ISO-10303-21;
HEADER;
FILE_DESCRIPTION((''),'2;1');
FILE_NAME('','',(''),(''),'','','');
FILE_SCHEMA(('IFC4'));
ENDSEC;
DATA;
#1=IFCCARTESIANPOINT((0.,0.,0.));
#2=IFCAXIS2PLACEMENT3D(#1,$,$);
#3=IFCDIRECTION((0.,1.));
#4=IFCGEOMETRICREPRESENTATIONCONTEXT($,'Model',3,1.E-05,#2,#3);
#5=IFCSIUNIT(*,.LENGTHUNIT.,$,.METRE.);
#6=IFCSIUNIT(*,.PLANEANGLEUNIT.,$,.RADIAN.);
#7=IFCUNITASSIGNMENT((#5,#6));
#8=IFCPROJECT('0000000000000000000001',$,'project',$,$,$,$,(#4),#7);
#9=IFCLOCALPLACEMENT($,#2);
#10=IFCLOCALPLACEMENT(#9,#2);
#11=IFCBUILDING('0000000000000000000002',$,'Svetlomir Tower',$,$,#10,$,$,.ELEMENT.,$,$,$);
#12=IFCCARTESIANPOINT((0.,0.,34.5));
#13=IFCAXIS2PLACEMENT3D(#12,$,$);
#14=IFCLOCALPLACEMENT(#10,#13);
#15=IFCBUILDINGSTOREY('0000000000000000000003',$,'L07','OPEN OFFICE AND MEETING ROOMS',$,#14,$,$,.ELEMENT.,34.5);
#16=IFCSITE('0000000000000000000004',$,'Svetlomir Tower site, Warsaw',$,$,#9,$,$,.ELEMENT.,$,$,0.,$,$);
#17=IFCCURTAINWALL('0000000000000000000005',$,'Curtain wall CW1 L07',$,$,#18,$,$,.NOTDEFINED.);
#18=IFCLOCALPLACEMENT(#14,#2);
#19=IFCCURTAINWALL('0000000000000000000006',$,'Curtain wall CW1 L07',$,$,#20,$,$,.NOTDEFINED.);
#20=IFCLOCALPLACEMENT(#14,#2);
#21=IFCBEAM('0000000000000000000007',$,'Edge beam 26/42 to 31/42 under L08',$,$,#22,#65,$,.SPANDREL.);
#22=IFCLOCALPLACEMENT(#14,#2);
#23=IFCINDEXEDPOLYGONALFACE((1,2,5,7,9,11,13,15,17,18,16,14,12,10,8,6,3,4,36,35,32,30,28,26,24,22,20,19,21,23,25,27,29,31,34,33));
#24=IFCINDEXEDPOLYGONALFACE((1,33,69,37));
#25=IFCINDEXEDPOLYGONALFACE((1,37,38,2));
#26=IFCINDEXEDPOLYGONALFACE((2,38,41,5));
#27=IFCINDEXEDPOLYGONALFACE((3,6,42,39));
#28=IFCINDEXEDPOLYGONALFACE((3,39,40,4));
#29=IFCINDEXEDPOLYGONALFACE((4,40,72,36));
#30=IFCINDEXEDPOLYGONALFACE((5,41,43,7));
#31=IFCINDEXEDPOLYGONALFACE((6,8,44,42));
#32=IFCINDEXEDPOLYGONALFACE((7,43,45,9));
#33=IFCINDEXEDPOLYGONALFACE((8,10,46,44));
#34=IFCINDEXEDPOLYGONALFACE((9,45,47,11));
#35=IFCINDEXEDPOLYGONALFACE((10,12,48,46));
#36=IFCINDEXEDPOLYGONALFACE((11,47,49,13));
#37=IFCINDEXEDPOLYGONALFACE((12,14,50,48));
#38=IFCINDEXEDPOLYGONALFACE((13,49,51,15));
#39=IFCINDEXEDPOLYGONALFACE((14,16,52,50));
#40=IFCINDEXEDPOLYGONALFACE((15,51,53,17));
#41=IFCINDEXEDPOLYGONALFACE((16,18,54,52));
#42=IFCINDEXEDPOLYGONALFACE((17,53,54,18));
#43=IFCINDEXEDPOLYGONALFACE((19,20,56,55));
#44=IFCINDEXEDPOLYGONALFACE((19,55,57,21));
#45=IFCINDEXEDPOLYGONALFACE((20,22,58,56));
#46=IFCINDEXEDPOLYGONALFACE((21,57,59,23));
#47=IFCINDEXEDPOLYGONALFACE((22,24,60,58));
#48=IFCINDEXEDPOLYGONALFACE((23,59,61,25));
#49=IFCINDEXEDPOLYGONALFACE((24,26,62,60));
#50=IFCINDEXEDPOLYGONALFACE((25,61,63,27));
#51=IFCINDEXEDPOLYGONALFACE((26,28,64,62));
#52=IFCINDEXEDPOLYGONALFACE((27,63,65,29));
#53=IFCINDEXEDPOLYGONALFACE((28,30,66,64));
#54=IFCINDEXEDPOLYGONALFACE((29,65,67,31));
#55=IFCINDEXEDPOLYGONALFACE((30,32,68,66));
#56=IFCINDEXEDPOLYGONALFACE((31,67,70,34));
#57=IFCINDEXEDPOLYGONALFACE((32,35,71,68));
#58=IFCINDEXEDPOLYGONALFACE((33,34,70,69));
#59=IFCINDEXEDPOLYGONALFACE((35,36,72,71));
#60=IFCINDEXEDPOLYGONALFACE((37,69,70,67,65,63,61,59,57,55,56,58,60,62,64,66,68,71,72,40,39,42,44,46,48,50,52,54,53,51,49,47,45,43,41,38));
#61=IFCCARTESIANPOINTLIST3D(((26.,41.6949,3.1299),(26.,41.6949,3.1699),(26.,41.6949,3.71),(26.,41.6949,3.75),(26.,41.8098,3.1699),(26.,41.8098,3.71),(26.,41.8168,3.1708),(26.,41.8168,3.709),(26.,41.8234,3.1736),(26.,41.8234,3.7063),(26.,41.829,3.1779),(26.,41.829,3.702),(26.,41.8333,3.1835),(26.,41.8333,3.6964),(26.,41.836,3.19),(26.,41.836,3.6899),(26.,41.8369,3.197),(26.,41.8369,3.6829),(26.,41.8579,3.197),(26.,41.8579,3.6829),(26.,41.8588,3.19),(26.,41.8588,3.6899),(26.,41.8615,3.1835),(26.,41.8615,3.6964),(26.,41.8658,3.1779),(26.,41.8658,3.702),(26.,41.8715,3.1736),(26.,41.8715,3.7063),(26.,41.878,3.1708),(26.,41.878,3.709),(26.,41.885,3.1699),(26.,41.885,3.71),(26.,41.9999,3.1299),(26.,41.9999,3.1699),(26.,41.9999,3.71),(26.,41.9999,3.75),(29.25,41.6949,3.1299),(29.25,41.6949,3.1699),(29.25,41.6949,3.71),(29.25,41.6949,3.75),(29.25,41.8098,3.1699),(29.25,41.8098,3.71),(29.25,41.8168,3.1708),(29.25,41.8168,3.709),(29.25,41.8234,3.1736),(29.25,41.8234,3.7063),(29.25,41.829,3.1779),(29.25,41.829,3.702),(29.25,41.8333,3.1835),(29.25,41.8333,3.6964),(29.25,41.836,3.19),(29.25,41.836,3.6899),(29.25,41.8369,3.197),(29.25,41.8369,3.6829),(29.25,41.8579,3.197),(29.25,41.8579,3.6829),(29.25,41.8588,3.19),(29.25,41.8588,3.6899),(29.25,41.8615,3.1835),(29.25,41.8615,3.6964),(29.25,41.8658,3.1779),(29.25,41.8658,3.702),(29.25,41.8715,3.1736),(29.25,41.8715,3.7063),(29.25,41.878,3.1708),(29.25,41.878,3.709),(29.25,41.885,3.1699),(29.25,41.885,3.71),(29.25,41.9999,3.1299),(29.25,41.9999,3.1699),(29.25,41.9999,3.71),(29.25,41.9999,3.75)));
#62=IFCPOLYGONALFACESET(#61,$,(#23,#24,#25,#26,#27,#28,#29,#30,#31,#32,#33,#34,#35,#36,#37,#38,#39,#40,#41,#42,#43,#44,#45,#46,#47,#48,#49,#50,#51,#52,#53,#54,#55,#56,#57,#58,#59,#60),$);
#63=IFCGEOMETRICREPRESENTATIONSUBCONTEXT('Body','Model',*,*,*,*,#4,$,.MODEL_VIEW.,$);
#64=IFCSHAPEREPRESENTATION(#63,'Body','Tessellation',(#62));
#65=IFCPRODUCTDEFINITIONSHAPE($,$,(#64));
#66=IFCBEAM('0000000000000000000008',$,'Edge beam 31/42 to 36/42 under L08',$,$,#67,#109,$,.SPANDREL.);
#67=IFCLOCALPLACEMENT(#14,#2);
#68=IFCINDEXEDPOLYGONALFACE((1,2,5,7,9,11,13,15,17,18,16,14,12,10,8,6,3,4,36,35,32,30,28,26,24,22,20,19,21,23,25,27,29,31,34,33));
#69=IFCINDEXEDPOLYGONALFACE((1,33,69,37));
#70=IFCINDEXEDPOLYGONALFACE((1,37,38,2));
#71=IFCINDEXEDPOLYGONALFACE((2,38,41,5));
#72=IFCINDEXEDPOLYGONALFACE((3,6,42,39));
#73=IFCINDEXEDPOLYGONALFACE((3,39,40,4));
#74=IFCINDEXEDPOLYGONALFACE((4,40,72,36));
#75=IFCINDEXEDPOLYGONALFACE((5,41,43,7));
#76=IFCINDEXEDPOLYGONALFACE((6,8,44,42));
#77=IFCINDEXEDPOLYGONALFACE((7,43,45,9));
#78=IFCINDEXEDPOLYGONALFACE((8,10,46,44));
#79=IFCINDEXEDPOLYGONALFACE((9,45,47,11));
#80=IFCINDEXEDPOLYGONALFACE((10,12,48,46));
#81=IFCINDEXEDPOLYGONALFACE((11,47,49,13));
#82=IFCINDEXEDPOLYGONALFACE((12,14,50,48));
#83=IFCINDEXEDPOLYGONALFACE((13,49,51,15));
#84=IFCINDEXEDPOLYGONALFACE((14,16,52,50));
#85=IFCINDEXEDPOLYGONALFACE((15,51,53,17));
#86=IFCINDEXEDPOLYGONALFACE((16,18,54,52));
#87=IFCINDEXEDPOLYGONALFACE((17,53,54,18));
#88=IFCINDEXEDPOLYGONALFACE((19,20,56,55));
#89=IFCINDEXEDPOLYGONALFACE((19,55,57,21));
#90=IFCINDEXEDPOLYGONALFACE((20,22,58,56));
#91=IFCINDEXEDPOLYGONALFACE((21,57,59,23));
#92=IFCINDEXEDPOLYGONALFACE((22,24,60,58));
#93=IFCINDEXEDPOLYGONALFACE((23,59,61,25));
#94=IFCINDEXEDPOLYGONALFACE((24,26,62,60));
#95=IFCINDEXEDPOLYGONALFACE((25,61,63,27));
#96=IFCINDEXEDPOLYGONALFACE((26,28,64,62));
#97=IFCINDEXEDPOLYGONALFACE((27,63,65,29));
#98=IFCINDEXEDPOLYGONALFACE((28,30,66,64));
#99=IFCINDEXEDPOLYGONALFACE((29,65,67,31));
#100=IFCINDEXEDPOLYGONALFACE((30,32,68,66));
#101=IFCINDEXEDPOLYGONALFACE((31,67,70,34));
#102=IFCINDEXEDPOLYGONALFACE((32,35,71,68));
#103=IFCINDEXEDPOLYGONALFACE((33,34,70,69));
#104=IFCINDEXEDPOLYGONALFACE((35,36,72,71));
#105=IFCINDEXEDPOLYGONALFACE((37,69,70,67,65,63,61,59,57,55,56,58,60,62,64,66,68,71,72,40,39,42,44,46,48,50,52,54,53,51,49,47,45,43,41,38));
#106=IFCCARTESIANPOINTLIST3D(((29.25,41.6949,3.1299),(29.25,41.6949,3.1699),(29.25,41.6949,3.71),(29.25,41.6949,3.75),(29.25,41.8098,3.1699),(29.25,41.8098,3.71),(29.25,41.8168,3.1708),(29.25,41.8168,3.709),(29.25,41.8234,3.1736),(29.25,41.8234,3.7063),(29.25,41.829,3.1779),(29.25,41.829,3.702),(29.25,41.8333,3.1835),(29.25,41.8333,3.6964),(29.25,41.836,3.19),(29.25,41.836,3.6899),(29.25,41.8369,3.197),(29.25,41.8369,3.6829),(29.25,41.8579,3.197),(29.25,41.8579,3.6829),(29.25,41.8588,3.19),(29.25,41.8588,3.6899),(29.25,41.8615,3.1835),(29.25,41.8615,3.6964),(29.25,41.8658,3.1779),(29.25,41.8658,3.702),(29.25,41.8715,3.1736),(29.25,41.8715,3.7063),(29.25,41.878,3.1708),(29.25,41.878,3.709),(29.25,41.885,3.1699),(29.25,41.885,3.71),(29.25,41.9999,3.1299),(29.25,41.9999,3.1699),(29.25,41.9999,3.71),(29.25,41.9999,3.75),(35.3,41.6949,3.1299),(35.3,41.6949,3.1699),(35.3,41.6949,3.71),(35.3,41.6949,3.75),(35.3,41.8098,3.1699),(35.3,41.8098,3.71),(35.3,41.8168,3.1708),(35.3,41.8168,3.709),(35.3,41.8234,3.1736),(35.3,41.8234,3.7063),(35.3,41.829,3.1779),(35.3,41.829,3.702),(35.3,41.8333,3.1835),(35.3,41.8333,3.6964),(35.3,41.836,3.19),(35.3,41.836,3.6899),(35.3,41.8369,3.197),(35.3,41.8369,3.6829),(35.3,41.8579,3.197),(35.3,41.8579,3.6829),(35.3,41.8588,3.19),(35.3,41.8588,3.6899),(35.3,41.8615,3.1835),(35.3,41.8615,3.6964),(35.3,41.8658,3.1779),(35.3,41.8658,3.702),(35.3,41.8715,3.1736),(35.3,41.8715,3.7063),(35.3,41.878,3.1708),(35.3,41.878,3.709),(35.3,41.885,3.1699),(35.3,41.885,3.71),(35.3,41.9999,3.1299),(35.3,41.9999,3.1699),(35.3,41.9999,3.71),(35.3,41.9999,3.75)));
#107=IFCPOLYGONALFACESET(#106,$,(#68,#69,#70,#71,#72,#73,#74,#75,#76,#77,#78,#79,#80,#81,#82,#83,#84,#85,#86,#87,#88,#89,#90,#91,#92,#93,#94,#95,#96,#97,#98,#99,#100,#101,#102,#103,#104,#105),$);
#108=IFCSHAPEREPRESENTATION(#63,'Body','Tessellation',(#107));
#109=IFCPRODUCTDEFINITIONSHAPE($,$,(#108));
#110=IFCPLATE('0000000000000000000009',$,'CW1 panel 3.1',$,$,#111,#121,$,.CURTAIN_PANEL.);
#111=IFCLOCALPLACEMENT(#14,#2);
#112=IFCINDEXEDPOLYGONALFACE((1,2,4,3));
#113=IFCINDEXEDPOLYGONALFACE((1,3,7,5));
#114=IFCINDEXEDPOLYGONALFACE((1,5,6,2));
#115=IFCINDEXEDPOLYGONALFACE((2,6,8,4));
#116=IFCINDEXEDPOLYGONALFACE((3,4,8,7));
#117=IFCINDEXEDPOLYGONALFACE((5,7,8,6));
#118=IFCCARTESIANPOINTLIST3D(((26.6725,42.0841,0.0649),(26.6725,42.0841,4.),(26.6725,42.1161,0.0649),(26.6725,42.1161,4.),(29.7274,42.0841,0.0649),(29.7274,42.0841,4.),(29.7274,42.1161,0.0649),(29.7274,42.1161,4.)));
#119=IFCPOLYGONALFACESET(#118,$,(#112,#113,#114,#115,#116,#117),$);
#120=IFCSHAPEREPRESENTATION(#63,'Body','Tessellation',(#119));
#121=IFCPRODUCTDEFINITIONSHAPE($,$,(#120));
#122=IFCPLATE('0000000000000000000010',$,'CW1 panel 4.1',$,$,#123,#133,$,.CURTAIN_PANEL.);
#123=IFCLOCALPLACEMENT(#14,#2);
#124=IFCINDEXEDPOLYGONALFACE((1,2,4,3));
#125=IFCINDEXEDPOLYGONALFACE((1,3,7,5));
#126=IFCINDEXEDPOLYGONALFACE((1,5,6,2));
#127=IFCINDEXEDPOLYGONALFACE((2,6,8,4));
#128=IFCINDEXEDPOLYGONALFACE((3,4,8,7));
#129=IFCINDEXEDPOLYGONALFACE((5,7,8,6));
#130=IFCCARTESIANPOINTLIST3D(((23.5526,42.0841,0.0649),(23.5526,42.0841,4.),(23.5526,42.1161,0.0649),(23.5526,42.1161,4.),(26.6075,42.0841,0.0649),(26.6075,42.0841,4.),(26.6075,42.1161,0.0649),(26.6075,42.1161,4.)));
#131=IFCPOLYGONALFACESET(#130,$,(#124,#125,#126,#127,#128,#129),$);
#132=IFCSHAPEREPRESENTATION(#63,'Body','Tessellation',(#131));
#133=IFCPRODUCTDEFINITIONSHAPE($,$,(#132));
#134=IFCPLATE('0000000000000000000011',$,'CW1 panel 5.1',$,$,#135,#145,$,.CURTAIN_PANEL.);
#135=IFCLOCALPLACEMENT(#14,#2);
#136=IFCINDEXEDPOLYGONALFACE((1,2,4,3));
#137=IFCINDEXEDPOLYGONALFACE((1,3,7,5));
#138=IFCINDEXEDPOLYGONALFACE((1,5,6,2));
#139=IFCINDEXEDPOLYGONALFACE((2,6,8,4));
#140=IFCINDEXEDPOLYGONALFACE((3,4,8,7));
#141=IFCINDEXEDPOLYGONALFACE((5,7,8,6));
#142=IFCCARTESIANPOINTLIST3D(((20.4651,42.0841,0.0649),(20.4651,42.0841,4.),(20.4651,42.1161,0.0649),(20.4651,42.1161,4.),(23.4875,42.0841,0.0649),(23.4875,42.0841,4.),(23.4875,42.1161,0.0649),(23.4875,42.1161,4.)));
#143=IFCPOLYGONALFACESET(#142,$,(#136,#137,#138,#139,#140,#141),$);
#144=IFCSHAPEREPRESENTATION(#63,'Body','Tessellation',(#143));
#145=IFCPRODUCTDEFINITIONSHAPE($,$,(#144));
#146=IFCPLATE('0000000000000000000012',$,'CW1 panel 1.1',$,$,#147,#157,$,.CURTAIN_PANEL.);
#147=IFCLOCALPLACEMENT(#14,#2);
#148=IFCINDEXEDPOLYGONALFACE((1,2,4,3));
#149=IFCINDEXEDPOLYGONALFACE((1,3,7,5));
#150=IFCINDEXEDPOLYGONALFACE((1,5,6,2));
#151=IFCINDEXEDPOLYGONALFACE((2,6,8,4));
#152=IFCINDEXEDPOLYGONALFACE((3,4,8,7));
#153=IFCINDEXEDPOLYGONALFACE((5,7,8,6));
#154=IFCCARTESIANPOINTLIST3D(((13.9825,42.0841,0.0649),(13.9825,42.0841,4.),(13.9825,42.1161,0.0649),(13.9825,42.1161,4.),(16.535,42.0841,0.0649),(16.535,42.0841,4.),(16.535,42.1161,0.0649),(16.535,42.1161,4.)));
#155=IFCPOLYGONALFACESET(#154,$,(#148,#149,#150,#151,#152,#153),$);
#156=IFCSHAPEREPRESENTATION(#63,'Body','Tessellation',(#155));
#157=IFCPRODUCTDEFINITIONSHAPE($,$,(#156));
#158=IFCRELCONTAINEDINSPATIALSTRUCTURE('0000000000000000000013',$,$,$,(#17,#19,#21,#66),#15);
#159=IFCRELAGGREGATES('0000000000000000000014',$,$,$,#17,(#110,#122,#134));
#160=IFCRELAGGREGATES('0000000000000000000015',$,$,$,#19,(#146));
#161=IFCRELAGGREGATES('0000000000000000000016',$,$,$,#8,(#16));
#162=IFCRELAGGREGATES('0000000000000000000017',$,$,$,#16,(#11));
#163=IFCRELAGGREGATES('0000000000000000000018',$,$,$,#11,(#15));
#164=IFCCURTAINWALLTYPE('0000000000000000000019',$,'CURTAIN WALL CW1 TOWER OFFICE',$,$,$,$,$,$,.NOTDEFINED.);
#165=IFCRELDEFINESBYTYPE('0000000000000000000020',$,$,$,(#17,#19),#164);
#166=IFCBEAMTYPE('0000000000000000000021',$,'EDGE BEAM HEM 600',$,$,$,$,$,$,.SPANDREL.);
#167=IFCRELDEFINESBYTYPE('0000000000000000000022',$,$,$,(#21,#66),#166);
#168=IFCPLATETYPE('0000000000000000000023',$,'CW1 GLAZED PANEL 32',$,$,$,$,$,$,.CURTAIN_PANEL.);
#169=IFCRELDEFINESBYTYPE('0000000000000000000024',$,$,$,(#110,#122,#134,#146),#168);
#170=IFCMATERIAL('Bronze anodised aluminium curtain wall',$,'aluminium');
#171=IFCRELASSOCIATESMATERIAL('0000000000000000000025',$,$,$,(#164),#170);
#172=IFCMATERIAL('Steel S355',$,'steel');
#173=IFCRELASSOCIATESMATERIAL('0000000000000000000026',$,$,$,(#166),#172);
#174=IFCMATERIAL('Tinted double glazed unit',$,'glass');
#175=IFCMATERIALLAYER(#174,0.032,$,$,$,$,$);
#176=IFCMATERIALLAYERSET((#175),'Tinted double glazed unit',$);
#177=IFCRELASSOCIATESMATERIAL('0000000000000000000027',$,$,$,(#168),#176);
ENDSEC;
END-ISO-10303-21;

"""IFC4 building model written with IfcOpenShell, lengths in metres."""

from ifc_helpers import new_model, si_unit, direction, frame, origin, origin_2d, place, context, subcontext, project, spatial, rectangle, i_section, extrude, material, layer, layer_set, material_profile, profile_set, type_object, element, aggregate, save


model = new_model("IFC4")

# Units and contexts
model_context = context("Model", 3, precision=1e-05, world=origin(), true_north=direction((0.0, 1.0)))
body_context = subcontext(model_context, "Body", "Model", "MODEL_VIEW")
ifc_project = project(units=[si_unit("LENGTHUNIT", "METRE"), si_unit("PLANEANGLEUNIT", "RADIAN")], contexts=[model_context])

# Site, building, storey
site_placement = place(None, origin())
site = spatial("IfcSite", under=ifc_project, at=site_placement, Name="Svetlomir Tower site, Warsaw", CompositionType="ELEMENT", RefElevation=0.0)
building_placement = place(site_placement, origin())
building = spatial("IfcBuilding", under=site, at=building_placement, Name="Svetlomir Tower", CompositionType="ELEMENT")
storey_placement = place(building_placement, frame((0.0, 0.0, 34.5)))
storey = spatial("IfcBuildingStorey", under=building, at=storey_placement, Name="L07", Description="OPEN OFFICE AND MEETING ROOMS", CompositionType="ELEMENT", Elevation=34.5)

# Curtain walls
ifc_material_1 = material(Name="Bronze anodised aluminium curtain wall", Category="aluminium")
curtain_wall_type = type_object("IfcCurtainWallType", Name="CURTAIN WALL CW1 TOWER OFFICE", PredefinedType="NOTDEFINED", material=ifc_material_1)
curtain_wall_1_placement = place(storey_placement, origin())
curtain_wall_1 = element("IfcCurtainWall", 1, at=curtain_wall_1_placement, inside=storey, type_object=curtain_wall_type, Name="Curtain wall CW1 L07", PredefinedType="NOTDEFINED")
curtain_wall_2_placement = place(storey_placement, origin())
curtain_wall_2 = element("IfcCurtainWall", 2, at=curtain_wall_2_placement, inside=storey, type_object=curtain_wall_type, Name="Curtain wall CW1 L07", PredefinedType="NOTDEFINED")

# Beams
ifc_material_2 = material(Name="Steel S355", Category="steel")
ifc_material_profile_1 = material_profile(ifc_material_2, i_section(OverallWidth=0.3049, OverallDepth=0.6201, WebThickness=0.021, FlangeThickness=0.04, FilletRadius=0.0271, at=origin_2d()), Name="HEM 600")
ifc_profile_set_1 = profile_set([ifc_material_profile_1], Name="Steel S355")
beam_type_1 = type_object("IfcBeamType", Name="EDGE BEAM HEM 600", PredefinedType="SPANDREL", material=ifc_profile_set_1)
beam_1_placement = place(storey_placement, frame((26.0, 41.8474, 3.4399), z_axis=(1.0, 0.0, 0.0), x_axis=(0.0, 1.0, 0.0)))
element("IfcBeam", 3, at=beam_1_placement, inside=storey, type_object=beam_type_1, Name="Edge beam 26/42 to 31/42 under L08", PredefinedType="SPANDREL", context=body_context, shape_type="SweptSolid", body=[
    extrude(i_section(OverallWidth=0.3049, OverallDepth=0.6201, WebThickness=0.021, FlangeThickness=0.04, FilletRadius=0.0271, at=origin_2d()), origin(), (0.0, 0.0, 1.0), 3.25),
])
beam_2_placement = place(storey_placement, frame((29.25, 41.8474, 3.4399), z_axis=(1.0, 0.0, 0.0), x_axis=(0.0, 1.0, 0.0)))
element("IfcBeam", 4, at=beam_2_placement, inside=storey, type_object=beam_type_1, Name="Edge beam 31/42 to 36/42 under L08", PredefinedType="SPANDREL", context=body_context, shape_type="SweptSolid", body=[
    extrude(i_section(OverallWidth=0.3049, OverallDepth=0.6201, WebThickness=0.021, FlangeThickness=0.04, FilletRadius=0.0271, at=origin_2d()), origin(), (0.0, 0.0, 1.0), 6.05),
])

# Plates
ifc_material_3 = material(Name="Tinted double glazed unit", Category="glass")
ifc_layer_1 = layer(ifc_material_3, 0.032)
ifc_layer_set_1 = layer_set([ifc_layer_1], Name="Tinted double glazed unit")
plate_type = type_object("IfcPlateType", Name="CW1 GLAZED PANEL 32", PredefinedType="CURTAIN_PANEL", material=ifc_layer_set_1)
plate_1_placement = place(storey_placement, frame((28.2, 42.1001, 0.0649), z_axis=(0.0, 0.0, 1.0), x_axis=(-1.0, 0.0, 0.0)))
plate_1 = element("IfcPlate", 5, at=plate_1_placement, type_object=plate_type, Name="CW1 panel 3.1", PredefinedType="CURTAIN_PANEL", context=body_context, shape_type="SweptSolid", body=[
    extrude(rectangle(XDim=3.0549, YDim=0.032, at=origin_2d()), origin(), (0.0, 0.0, 1.0), 3.9351),
])
plate_2_placement = place(storey_placement, frame((25.0801, 42.1001, 0.0649), z_axis=(0.0, 0.0, 1.0), x_axis=(-1.0, 0.0, 0.0)))
plate_2 = element("IfcPlate", 6, at=plate_2_placement, type_object=plate_type, Name="CW1 panel 4.1", PredefinedType="CURTAIN_PANEL", context=body_context, shape_type="SweptSolid", body=[
    extrude(rectangle(XDim=3.0549, YDim=0.032, at=origin_2d()), origin(), (0.0, 0.0, 1.0), 3.9351),
])
plate_3_placement = place(storey_placement, frame((21.9763, 42.1001, 0.0649), z_axis=(0.0, 0.0, 1.0), x_axis=(-1.0, 0.0, 0.0)))
plate_3 = element("IfcPlate", 7, at=plate_3_placement, type_object=plate_type, Name="CW1 panel 5.1", PredefinedType="CURTAIN_PANEL", context=body_context, shape_type="SweptSolid", body=[
    extrude(rectangle(XDim=3.0225, YDim=0.032, at=origin_2d()), origin(), (0.0, 0.0, 1.0), 3.9351),
])
aggregate(curtain_wall_1, [plate_1, plate_2, plate_3])
plate_4_placement = place(storey_placement, frame((15.2588, 42.1001, 0.0649), z_axis=(0.0, 0.0, 1.0), x_axis=(-1.0, 0.0, 0.0)))
plate_4 = element("IfcPlate", 8, at=plate_4_placement, type_object=plate_type, Name="CW1 panel 1.1", PredefinedType="CURTAIN_PANEL", context=body_context, shape_type="SweptSolid", body=[
    extrude(rectangle(XDim=2.5525, YDim=0.032, at=origin_2d()), origin(), (0.0, 0.0, 1.0), 3.9351),
])
aggregate(curtain_wall_2, [plate_4])

save(model, "model.ifc")
